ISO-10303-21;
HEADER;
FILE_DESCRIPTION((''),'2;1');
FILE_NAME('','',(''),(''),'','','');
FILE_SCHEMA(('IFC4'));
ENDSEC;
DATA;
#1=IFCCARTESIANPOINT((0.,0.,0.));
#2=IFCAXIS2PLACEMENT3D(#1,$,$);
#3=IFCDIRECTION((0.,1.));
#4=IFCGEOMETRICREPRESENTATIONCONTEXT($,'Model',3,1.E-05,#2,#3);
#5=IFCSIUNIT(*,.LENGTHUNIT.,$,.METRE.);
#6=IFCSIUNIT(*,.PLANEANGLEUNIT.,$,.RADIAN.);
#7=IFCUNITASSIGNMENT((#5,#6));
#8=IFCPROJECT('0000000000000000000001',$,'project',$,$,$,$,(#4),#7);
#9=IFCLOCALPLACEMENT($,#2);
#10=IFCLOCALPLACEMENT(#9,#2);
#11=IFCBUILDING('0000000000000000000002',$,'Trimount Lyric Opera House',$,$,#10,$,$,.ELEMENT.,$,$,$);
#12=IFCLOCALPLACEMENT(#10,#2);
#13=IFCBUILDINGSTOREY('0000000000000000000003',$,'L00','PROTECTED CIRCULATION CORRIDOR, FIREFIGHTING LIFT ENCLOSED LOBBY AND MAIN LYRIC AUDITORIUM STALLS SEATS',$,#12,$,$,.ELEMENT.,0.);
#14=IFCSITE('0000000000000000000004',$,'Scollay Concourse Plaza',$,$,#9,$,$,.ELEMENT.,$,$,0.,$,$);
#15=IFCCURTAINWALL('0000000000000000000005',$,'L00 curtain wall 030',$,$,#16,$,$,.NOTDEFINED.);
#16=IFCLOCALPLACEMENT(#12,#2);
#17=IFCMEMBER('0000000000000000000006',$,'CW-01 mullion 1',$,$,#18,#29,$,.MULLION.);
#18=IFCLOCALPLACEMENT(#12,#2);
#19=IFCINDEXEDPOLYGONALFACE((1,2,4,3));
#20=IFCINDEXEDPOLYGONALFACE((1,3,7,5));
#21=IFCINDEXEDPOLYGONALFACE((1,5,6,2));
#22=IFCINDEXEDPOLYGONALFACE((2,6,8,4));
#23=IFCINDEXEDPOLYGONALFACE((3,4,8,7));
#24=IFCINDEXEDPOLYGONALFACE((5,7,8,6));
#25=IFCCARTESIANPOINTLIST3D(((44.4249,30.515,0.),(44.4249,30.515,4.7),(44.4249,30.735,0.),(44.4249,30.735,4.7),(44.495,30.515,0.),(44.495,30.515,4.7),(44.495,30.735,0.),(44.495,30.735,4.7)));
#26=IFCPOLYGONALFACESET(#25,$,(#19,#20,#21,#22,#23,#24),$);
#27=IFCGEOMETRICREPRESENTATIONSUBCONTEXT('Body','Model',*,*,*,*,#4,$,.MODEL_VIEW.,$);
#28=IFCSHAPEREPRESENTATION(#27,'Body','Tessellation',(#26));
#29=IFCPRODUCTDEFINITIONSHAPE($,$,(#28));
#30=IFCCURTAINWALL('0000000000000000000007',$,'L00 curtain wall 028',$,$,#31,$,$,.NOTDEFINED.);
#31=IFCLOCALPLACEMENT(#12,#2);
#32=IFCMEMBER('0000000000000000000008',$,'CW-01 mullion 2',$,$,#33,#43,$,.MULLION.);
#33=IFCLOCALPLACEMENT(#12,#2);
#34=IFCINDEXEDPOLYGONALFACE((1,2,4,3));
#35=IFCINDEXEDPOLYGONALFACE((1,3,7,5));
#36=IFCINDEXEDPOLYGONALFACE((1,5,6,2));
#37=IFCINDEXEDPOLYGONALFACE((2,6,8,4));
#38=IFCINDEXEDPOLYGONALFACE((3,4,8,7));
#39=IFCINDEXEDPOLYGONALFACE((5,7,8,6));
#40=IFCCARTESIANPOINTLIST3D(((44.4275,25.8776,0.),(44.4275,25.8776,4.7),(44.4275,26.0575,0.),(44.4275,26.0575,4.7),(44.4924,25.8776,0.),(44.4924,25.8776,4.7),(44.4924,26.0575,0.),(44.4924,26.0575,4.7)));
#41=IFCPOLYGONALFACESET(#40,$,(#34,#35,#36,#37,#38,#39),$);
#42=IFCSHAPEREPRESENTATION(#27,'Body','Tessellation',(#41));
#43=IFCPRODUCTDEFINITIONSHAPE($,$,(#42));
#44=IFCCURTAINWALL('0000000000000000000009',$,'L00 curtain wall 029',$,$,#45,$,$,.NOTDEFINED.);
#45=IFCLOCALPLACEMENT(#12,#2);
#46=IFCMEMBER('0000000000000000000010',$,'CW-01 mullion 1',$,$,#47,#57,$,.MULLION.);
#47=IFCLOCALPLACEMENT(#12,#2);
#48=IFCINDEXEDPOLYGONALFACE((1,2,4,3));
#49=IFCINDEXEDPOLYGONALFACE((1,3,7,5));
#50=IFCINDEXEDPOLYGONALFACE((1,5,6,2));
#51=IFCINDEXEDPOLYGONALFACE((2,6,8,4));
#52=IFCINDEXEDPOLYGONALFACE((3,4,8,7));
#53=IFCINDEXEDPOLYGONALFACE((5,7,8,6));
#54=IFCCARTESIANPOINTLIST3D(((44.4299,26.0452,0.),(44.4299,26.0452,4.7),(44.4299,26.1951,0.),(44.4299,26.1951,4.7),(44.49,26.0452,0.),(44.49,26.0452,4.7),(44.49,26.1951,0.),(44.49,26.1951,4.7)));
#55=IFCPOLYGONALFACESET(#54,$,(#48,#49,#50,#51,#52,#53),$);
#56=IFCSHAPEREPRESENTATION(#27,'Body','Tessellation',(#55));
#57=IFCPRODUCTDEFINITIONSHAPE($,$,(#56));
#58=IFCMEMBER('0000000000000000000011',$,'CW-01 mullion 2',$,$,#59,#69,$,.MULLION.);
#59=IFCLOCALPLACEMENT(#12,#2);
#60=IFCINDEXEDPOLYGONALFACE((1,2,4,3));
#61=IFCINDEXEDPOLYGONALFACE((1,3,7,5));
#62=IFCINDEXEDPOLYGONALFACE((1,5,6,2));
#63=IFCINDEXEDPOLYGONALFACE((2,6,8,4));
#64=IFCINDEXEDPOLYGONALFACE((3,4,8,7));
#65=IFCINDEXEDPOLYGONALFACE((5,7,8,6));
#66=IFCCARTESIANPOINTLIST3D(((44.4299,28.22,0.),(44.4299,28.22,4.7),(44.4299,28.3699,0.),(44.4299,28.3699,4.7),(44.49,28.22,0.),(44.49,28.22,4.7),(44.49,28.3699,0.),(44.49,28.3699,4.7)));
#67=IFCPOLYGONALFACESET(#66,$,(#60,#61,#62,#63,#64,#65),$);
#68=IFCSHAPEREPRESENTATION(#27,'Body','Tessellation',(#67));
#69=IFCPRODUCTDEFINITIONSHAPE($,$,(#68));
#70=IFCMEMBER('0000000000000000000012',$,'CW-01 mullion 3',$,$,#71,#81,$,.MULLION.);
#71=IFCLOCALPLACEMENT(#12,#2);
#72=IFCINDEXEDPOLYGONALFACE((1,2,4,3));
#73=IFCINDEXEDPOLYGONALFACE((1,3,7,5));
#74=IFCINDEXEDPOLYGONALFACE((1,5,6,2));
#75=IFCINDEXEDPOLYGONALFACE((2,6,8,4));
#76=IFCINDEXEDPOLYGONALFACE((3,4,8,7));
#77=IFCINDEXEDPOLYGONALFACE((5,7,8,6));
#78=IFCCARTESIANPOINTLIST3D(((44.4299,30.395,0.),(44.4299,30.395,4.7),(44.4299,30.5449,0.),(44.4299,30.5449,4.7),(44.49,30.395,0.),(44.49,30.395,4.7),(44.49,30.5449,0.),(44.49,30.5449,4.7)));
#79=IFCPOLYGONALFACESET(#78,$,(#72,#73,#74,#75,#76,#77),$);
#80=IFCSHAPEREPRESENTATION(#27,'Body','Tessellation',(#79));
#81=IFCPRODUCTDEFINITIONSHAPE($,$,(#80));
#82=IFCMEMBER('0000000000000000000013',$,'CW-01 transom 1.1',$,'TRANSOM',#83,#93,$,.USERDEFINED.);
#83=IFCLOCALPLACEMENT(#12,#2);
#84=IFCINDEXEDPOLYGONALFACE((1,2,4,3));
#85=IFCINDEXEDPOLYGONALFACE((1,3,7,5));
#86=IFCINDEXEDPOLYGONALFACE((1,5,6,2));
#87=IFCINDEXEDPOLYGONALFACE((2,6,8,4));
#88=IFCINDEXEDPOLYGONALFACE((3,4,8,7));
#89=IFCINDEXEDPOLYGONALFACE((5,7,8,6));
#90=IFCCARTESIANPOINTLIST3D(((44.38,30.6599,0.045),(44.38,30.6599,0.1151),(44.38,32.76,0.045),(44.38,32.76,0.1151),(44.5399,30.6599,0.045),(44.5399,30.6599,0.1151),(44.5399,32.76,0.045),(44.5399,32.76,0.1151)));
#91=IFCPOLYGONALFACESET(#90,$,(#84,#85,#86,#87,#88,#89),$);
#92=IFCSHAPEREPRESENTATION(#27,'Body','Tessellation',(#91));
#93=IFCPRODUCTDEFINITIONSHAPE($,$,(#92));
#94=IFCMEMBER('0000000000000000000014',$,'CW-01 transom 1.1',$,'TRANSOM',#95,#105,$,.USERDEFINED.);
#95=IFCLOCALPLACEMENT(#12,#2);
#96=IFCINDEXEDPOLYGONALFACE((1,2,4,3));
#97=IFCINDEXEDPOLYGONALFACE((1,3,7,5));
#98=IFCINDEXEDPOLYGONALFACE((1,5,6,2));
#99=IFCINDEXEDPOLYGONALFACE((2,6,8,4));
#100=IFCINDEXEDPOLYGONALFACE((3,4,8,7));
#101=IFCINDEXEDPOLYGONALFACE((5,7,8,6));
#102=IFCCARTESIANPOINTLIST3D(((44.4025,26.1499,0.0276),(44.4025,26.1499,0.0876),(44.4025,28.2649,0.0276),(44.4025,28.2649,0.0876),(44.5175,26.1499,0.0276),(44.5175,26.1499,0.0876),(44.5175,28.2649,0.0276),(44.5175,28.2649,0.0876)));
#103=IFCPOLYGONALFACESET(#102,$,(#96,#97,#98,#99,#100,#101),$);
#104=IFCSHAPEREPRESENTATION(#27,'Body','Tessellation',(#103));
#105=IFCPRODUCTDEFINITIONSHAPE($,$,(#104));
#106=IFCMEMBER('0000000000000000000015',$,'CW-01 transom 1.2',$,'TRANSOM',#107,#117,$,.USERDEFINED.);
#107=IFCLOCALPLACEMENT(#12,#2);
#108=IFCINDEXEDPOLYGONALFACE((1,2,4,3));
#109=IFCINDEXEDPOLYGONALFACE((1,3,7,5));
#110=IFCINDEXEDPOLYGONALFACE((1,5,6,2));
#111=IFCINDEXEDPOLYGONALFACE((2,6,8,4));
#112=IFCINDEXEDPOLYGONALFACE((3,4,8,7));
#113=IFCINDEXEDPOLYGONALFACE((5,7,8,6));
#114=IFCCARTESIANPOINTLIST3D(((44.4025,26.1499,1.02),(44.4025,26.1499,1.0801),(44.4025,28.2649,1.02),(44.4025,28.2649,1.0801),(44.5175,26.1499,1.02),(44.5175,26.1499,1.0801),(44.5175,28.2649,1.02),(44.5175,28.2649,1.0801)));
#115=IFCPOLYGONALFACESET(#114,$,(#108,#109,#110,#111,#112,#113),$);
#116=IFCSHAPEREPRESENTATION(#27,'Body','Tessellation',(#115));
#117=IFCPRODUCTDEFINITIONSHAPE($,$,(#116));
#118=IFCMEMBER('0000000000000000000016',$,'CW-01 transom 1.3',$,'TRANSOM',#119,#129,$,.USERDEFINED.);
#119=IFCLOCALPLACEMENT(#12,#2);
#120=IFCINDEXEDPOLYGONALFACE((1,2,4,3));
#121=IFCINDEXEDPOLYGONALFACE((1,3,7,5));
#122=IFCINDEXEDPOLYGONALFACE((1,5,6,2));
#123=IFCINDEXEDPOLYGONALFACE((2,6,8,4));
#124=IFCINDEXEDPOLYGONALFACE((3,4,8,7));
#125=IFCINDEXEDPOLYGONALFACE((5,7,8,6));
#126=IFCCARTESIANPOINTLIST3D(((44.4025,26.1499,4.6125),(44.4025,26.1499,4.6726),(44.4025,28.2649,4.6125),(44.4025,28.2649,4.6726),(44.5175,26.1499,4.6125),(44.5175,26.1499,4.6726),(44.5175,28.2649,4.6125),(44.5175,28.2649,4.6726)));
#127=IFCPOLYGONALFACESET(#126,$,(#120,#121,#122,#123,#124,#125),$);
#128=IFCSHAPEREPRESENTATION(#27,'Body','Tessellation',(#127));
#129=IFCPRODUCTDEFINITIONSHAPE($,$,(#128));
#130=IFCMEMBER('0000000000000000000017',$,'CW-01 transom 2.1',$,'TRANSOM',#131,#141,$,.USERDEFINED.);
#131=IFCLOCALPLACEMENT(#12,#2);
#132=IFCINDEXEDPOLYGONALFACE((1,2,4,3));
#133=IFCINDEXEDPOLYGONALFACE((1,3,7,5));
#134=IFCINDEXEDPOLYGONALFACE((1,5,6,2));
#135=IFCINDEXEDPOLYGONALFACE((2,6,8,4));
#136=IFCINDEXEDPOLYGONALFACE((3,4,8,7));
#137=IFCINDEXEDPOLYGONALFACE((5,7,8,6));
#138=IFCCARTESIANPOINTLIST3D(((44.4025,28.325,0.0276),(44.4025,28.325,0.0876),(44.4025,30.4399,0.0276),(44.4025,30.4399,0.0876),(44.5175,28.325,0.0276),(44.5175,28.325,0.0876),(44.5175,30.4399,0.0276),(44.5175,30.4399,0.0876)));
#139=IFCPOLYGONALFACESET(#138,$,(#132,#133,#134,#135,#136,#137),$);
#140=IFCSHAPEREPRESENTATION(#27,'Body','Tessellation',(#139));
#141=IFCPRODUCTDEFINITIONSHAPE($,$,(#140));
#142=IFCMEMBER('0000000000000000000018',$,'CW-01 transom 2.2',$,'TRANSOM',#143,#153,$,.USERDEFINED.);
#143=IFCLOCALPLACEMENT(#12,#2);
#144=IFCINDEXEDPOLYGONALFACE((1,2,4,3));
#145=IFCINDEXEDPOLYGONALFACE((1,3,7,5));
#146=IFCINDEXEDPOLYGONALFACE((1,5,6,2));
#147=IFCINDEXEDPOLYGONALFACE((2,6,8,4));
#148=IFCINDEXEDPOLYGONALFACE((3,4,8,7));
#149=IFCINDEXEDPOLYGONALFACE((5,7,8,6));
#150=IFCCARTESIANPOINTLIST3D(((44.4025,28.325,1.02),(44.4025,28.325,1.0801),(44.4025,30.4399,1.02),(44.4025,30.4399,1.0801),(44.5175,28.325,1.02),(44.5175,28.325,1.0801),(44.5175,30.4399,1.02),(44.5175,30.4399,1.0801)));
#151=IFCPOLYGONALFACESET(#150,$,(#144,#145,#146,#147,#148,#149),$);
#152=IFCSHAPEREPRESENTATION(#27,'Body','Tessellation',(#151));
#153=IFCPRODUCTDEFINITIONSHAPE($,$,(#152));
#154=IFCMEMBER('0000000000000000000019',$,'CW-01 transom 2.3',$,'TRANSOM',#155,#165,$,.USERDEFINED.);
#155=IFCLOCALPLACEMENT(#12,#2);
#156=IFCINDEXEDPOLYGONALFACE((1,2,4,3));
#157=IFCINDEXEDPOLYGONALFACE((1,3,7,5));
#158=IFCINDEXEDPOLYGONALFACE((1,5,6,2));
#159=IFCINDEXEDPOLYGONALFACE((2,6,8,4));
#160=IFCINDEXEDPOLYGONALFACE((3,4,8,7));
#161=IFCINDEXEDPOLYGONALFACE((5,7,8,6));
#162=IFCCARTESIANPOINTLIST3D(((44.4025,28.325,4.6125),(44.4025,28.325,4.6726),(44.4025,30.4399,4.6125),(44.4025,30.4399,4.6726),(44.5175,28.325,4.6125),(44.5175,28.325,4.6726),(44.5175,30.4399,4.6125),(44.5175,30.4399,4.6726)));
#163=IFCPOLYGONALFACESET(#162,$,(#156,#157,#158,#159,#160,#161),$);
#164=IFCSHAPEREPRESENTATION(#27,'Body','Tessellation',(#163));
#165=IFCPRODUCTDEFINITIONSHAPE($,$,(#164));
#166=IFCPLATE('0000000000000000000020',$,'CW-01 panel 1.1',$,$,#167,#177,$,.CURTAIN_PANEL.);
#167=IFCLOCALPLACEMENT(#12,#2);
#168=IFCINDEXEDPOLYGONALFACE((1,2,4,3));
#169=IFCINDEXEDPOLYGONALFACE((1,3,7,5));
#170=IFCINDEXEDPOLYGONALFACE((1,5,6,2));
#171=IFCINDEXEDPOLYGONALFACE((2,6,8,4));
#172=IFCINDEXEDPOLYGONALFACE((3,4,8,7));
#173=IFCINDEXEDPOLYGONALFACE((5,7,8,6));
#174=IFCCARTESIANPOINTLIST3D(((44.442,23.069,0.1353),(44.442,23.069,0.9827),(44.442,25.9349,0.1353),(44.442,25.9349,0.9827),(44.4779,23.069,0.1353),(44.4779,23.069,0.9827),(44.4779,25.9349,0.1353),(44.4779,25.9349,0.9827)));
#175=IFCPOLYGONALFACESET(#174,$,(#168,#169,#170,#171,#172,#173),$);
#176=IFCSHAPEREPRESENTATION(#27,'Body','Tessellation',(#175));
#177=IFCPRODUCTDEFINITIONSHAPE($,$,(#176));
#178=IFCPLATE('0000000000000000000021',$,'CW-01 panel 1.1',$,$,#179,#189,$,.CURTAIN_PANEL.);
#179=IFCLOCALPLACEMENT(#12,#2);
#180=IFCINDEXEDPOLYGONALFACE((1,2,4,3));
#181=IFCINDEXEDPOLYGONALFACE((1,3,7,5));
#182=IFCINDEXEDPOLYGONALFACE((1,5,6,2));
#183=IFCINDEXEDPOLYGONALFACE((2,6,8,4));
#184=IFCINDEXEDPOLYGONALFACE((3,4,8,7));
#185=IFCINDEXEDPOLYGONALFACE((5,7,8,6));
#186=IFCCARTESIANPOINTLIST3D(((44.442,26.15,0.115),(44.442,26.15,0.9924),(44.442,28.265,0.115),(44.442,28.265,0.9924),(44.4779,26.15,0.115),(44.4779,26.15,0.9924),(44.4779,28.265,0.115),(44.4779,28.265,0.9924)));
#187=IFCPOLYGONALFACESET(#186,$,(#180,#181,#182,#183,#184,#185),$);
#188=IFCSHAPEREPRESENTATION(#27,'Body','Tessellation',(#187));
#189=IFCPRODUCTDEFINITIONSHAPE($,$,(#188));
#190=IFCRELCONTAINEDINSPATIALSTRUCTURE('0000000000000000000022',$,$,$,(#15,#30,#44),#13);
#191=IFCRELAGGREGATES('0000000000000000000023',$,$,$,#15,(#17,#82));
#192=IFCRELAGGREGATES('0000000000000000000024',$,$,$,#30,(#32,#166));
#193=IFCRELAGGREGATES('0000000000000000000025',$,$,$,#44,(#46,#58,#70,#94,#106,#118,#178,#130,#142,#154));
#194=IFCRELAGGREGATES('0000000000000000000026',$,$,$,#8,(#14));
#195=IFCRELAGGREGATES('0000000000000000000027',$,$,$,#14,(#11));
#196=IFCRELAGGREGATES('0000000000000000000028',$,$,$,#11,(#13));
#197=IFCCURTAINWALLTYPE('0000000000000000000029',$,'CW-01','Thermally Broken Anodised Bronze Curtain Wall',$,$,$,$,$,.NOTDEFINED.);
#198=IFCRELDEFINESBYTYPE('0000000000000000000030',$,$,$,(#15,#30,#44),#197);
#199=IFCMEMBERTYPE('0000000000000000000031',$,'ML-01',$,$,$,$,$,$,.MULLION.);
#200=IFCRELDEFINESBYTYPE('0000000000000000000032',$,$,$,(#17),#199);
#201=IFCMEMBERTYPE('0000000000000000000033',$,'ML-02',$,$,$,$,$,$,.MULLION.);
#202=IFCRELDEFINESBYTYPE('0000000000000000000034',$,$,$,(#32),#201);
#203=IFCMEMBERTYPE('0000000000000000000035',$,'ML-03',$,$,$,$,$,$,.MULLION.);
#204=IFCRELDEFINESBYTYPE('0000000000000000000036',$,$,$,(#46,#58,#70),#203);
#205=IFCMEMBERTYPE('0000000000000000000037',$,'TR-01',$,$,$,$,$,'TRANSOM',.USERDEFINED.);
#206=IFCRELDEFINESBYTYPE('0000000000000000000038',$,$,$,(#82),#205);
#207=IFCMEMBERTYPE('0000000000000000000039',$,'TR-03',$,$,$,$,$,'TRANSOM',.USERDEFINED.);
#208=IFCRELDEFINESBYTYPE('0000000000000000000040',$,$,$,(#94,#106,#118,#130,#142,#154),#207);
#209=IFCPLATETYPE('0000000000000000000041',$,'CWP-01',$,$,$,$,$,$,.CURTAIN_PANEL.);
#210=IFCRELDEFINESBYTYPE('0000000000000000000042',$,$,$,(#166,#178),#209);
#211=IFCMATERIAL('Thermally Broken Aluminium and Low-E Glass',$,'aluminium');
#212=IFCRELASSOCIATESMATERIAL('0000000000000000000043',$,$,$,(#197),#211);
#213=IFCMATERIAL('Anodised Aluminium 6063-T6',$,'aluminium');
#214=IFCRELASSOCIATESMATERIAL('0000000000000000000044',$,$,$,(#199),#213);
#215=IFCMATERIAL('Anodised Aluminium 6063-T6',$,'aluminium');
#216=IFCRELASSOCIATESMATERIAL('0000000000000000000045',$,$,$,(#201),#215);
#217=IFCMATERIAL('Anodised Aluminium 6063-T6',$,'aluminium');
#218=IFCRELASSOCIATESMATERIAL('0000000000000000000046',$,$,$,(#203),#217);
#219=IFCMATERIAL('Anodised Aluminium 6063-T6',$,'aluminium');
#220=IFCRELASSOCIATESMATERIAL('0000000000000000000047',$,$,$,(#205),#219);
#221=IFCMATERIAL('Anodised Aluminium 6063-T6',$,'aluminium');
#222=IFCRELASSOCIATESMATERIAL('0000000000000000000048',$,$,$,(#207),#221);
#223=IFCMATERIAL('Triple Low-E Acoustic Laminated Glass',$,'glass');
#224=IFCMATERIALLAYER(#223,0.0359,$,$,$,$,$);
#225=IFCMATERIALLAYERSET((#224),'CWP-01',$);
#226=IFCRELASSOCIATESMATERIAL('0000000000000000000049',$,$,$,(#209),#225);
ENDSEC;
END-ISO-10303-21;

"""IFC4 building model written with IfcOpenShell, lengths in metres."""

from ifc_helpers import new_model, si_unit, direction, frame, origin, origin_2d, place, context, subcontext, project, spatial, rectangle, extrude, material, layer, layer_set, material_profile, profile_set, type_object, element, aggregate, save


model = new_model("IFC4")

# Units and contexts
model_context = context("Model", 3, precision=1e-05, world=origin(), true_north=direction((0.0, 1.0)))
body_context = subcontext(model_context, "Body", "Model", "MODEL_VIEW")
ifc_project = project(units=[si_unit("LENGTHUNIT", "METRE"), si_unit("PLANEANGLEUNIT", "RADIAN")], contexts=[model_context])

# Site, building, storey
site_placement = place(None, origin())
site = spatial("IfcSite", under=ifc_project, at=site_placement, Name="Scollay Concourse Plaza", CompositionType="ELEMENT", RefElevation=0.0)
building_placement = place(site_placement, origin())
building = spatial("IfcBuilding", under=site, at=building_placement, Name="Trimount Lyric Opera House", CompositionType="ELEMENT")
storey_placement = place(building_placement, origin())
storey = spatial("IfcBuildingStorey", under=building, at=storey_placement, Name="L00", Description="PROTECTED CIRCULATION CORRIDOR, FIREFIGHTING LIFT ENCLOSED LOBBY AND MAIN LYRIC AUDITORIUM STALLS SEATS", CompositionType="ELEMENT", Elevation=0.0)

# Curtain walls, members
ifc_material_1 = material(Name="Thermally Broken Aluminium and Low-E Glass", Category="aluminium")
curtain_wall_type = type_object("IfcCurtainWallType", Name="CW-01", Description="Thermally Broken Anodised Bronze Curtain Wall", PredefinedType="NOTDEFINED", material=ifc_material_1)
curtain_wall_1_placement = place(storey_placement, origin())
curtain_wall_1 = element("IfcCurtainWall", 1, at=curtain_wall_1_placement, inside=storey, type_object=curtain_wall_type, Name="L00 curtain wall 030", PredefinedType="NOTDEFINED")
ifc_material_2 = material(Name="Anodised Aluminium 6063-T6", Category="aluminium")
ifc_material_profile_1 = material_profile(ifc_material_2, rectangle(XDim=0.0701, YDim=0.22, at=origin_2d()), Name="ALU-MULL-70X220")
ifc_profile_set_1 = profile_set([ifc_material_profile_1], Name="Anodised Aluminium 6063-T6")
member_type_1 = type_object("IfcMemberType", Name="ML-01", PredefinedType="MULLION", material=ifc_profile_set_1)
member_1_placement = place(storey_placement, frame((44.46, 30.625, 0.0), z_axis=(0.0, 0.0, 1.0), x_axis=(-1.0, 0.0, 0.0)))
member_1 = element("IfcMember", 2, at=member_1_placement, type_object=member_type_1, Name="CW-01 mullion 1", PredefinedType="MULLION", context=body_context, shape_type="SweptSolid", body=[
    extrude(rectangle(XDim=0.0701, YDim=0.22, at=origin_2d()), origin(), (0.0, 0.0, 1.0), 4.7),
])
curtain_wall_2_placement = place(storey_placement, origin())
curtain_wall_2 = element("IfcCurtainWall", 3, at=curtain_wall_2_placement, inside=storey, type_object=curtain_wall_type, Name="L00 curtain wall 028", PredefinedType="NOTDEFINED")
ifc_material_3 = material(Name="Anodised Aluminium 6063-T6", Category="aluminium")
ifc_material_profile_2 = material_profile(ifc_material_3, rectangle(XDim=0.0649, YDim=0.1799, at=origin_2d()), Name="ALU-MULL-65X180")
ifc_profile_set_2 = profile_set([ifc_material_profile_2], Name="Anodised Aluminium 6063-T6")
member_type_2 = type_object("IfcMemberType", Name="ML-02", PredefinedType="MULLION", material=ifc_profile_set_2)
member_2_placement = place(storey_placement, frame((44.46, 25.9675, 0.0), z_axis=(0.0, 0.0, 1.0), x_axis=(-1.0, 0.0, 0.0)))
member_2 = element("IfcMember", 4, at=member_2_placement, type_object=member_type_2, Name="CW-01 mullion 2", PredefinedType="MULLION", context=body_context, shape_type="SweptSolid", body=[
    extrude(rectangle(XDim=0.0649, YDim=0.1799, at=origin_2d()), origin(), (0.0, 0.0, 1.0), 4.7),
])

# Curtain wall, members
curtain_wall_3_placement = place(storey_placement, origin())
curtain_wall_3 = element("IfcCurtainWall", 5, at=curtain_wall_3_placement, inside=storey, type_object=curtain_wall_type, Name="L00 curtain wall 029", PredefinedType="NOTDEFINED")
ifc_material_4 = material(Name="Anodised Aluminium 6063-T6", Category="aluminium")
ifc_material_profile_3 = material_profile(ifc_material_4, rectangle(XDim=0.0601, YDim=0.1499, at=origin_2d()), Name="ALU-MULL-60X150")
ifc_profile_set_3 = profile_set([ifc_material_profile_3], Name="Anodised Aluminium 6063-T6")
member_type_3 = type_object("IfcMemberType", Name="ML-03", PredefinedType="MULLION", material=ifc_profile_set_3)
member_3_placement = place(storey_placement, frame((44.46, 26.1201, 0.0), z_axis=(0.0, 0.0, 1.0), x_axis=(-1.0, 0.0, 0.0)))
member_3 = element("IfcMember", 6, at=member_3_placement, type_object=member_type_3, Name="CW-01 mullion 1", PredefinedType="MULLION", context=body_context, shape_type="SweptSolid", body=[
    extrude(rectangle(XDim=0.0601, YDim=0.1499, at=origin_2d()), origin(), (0.0, 0.0, 1.0), 4.7),
])
member_4_placement = place(storey_placement, frame((44.46, 28.2949, 0.0), z_axis=(0.0, 0.0, 1.0), x_axis=(-1.0, 0.0, 0.0)))
member_4 = element("IfcMember", 7, at=member_4_placement, type_object=member_type_3, Name="CW-01 mullion 2", PredefinedType="MULLION", context=body_context, shape_type="SweptSolid", body=[
    extrude(rectangle(XDim=0.0601, YDim=0.1499, at=origin_2d()), origin(), (0.0, 0.0, 1.0), 4.7),
])
member_5_placement = place(storey_placement, frame((44.46, 30.47, 0.0), z_axis=(0.0, 0.0, 1.0), x_axis=(-1.0, 0.0, 0.0)))
member_5 = element("IfcMember", 8, at=member_5_placement, type_object=member_type_3, Name="CW-01 mullion 3", PredefinedType="MULLION", context=body_context, shape_type="SweptSolid", body=[
    extrude(rectangle(XDim=0.0601, YDim=0.1499, at=origin_2d()), origin(), (0.0, 0.0, 1.0), 4.7),
])

# Members
ifc_material_5 = material(Name="Anodised Aluminium 6063-T6", Category="aluminium")
ifc_material_profile_4 = material_profile(ifc_material_5, rectangle(XDim=0.1599, YDim=0.0701, at=origin_2d()), Name="ALU-TRAN-70X160")
ifc_profile_set_4 = profile_set([ifc_material_profile_4], Name="Anodised Aluminium 6063-T6")
member_type_4 = type_object("IfcMemberType", Name="TR-01", ElementType="TRANSOM", PredefinedType="USERDEFINED", material=ifc_profile_set_4)
member_6_placement = place(storey_placement, frame((44.46, 30.6599, 0.0801), z_axis=(0.0, 1.0, 0.0), x_axis=(-1.0, 0.0, 0.0)))
member_6 = element("IfcMember", 9, at=member_6_placement, type_object=member_type_4, Name="CW-01 transom 1.1", ObjectType="TRANSOM", PredefinedType="USERDEFINED", context=body_context, shape_type="SweptSolid", body=[
    extrude(rectangle(XDim=0.1599, YDim=0.0701, at=origin_2d()), origin(), (0.0, 0.0, 1.0), 2.1001),
])
aggregate(curtain_wall_1, [member_1, member_6])
ifc_material_6 = material(Name="Anodised Aluminium 6063-T6", Category="aluminium")
ifc_material_profile_5 = material_profile(ifc_material_6, rectangle(XDim=0.115, YDim=0.0601, at=origin_2d()), Name="ALU-TRAN-60X115")
ifc_profile_set_5 = profile_set([ifc_material_profile_5], Name="Anodised Aluminium 6063-T6")
member_type_5 = type_object("IfcMemberType", Name="TR-03", ElementType="TRANSOM", PredefinedType="USERDEFINED", material=ifc_profile_set_5)
member_7_placement = place(storey_placement, frame((44.46, 26.1499, 0.0576), z_axis=(0.0, 1.0, 0.0), x_axis=(-1.0, 0.0, 0.0)))
member_7 = element("IfcMember", 10, at=member_7_placement, type_object=member_type_5, Name="CW-01 transom 1.1", ObjectType="TRANSOM", PredefinedType="USERDEFINED", context=body_context, shape_type="SweptSolid", body=[
    extrude(rectangle(XDim=0.115, YDim=0.0601, at=origin_2d()), origin(), (0.0, 0.0, 1.0), 2.115),
])
member_8_placement = place(storey_placement, frame((44.46, 26.1499, 1.05), z_axis=(0.0, 1.0, 0.0), x_axis=(-1.0, 0.0, 0.0)))
member_8 = element("IfcMember", 11, at=member_8_placement, type_object=member_type_5, Name="CW-01 transom 1.2", ObjectType="TRANSOM", PredefinedType="USERDEFINED", context=body_context, shape_type="SweptSolid", body=[
    extrude(rectangle(XDim=0.115, YDim=0.0601, at=origin_2d()), origin(), (0.0, 0.0, 1.0), 2.115),
])
member_9_placement = place(storey_placement, frame((44.46, 26.1499, 4.6426), z_axis=(0.0, 1.0, 0.0), x_axis=(-1.0, 0.0, 0.0)))
member_9 = element("IfcMember", 12, at=member_9_placement, type_object=member_type_5, Name="CW-01 transom 1.3", ObjectType="TRANSOM", PredefinedType="USERDEFINED", context=body_context, shape_type="SweptSolid", body=[
    extrude(rectangle(XDim=0.115, YDim=0.0601, at=origin_2d()), origin(), (0.0, 0.0, 1.0), 2.115),
])
member_10_placement = place(storey_placement, frame((44.46, 28.325, 0.0576), z_axis=(0.0, 1.0, 0.0), x_axis=(-1.0, 0.0, 0.0)))
member_10 = element("IfcMember", 13, at=member_10_placement, type_object=member_type_5, Name="CW-01 transom 2.1", ObjectType="TRANSOM", PredefinedType="USERDEFINED", context=body_context, shape_type="SweptSolid", body=[
    extrude(rectangle(XDim=0.115, YDim=0.0601, at=origin_2d()), origin(), (0.0, 0.0, 1.0), 2.115),
])
member_11_placement = place(storey_placement, frame((44.46, 28.325, 1.05), z_axis=(0.0, 1.0, 0.0), x_axis=(-1.0, 0.0, 0.0)))
member_11 = element("IfcMember", 14, at=member_11_placement, type_object=member_type_5, Name="CW-01 transom 2.2", ObjectType="TRANSOM", PredefinedType="USERDEFINED", context=body_context, shape_type="SweptSolid", body=[
    extrude(rectangle(XDim=0.115, YDim=0.0601, at=origin_2d()), origin(), (0.0, 0.0, 1.0), 2.115),
])
member_12_placement = place(storey_placement, frame((44.46, 28.325, 4.6426), z_axis=(0.0, 1.0, 0.0), x_axis=(-1.0, 0.0, 0.0)))
member_12 = element("IfcMember", 15, at=member_12_placement, type_object=member_type_5, Name="CW-01 transom 2.3", ObjectType="TRANSOM", PredefinedType="USERDEFINED", context=body_context, shape_type="SweptSolid", body=[
    extrude(rectangle(XDim=0.115, YDim=0.0601, at=origin_2d()), origin(), (0.0, 0.0, 1.0), 2.115),
])

# Plates
ifc_material_7 = material(Name="Triple Low-E Acoustic Laminated Glass", Category="glass")
ifc_layer_1 = layer(ifc_material_7, 0.0359)
ifc_layer_set_1 = layer_set([ifc_layer_1], Name="CWP-01")
plate_type_1 = type_object("IfcPlateType", Name="CWP-01", PredefinedType="CURTAIN_PANEL", material=ifc_layer_set_1)
plate_1_placement = place(storey_placement, frame((44.46, 24.502, 0.1353), z_axis=(0.0, 0.0, 1.0), x_axis=(0.0, 1.0, 0.0)))
plate_1 = element("IfcPlate", 16, at=plate_1_placement, type_object=plate_type_1, Name="CW-01 panel 1.1", PredefinedType="CURTAIN_PANEL", context=body_context, shape_type="SweptSolid", body=[
    extrude(rectangle(XDim=2.866, YDim=0.0359, at=origin_2d()), origin(), (0.0, 0.0, 1.0), 0.8474),
])
plate_2_placement = place(storey_placement, frame((44.46, 27.2075, 0.115), z_axis=(0.0, 0.0, 1.0), x_axis=(0.0, 1.0, 0.0)))
plate_2 = element("IfcPlate", 17, at=plate_2_placement, type_object=plate_type_1, Name="CW-01 panel 1.1", PredefinedType="CURTAIN_PANEL", context=body_context, shape_type="SweptSolid", body=[
    extrude(rectangle(XDim=2.115, YDim=0.0359, at=origin_2d()), origin(), (0.0, 0.0, 1.0), 0.8774),
])
aggregate(curtain_wall_2, [member_2, plate_1])
aggregate(curtain_wall_3, [member_3, member_4, member_5, member_7, member_8, member_9, plate_2, member_10, member_11, member_12])

save(model, "model.ifc")
